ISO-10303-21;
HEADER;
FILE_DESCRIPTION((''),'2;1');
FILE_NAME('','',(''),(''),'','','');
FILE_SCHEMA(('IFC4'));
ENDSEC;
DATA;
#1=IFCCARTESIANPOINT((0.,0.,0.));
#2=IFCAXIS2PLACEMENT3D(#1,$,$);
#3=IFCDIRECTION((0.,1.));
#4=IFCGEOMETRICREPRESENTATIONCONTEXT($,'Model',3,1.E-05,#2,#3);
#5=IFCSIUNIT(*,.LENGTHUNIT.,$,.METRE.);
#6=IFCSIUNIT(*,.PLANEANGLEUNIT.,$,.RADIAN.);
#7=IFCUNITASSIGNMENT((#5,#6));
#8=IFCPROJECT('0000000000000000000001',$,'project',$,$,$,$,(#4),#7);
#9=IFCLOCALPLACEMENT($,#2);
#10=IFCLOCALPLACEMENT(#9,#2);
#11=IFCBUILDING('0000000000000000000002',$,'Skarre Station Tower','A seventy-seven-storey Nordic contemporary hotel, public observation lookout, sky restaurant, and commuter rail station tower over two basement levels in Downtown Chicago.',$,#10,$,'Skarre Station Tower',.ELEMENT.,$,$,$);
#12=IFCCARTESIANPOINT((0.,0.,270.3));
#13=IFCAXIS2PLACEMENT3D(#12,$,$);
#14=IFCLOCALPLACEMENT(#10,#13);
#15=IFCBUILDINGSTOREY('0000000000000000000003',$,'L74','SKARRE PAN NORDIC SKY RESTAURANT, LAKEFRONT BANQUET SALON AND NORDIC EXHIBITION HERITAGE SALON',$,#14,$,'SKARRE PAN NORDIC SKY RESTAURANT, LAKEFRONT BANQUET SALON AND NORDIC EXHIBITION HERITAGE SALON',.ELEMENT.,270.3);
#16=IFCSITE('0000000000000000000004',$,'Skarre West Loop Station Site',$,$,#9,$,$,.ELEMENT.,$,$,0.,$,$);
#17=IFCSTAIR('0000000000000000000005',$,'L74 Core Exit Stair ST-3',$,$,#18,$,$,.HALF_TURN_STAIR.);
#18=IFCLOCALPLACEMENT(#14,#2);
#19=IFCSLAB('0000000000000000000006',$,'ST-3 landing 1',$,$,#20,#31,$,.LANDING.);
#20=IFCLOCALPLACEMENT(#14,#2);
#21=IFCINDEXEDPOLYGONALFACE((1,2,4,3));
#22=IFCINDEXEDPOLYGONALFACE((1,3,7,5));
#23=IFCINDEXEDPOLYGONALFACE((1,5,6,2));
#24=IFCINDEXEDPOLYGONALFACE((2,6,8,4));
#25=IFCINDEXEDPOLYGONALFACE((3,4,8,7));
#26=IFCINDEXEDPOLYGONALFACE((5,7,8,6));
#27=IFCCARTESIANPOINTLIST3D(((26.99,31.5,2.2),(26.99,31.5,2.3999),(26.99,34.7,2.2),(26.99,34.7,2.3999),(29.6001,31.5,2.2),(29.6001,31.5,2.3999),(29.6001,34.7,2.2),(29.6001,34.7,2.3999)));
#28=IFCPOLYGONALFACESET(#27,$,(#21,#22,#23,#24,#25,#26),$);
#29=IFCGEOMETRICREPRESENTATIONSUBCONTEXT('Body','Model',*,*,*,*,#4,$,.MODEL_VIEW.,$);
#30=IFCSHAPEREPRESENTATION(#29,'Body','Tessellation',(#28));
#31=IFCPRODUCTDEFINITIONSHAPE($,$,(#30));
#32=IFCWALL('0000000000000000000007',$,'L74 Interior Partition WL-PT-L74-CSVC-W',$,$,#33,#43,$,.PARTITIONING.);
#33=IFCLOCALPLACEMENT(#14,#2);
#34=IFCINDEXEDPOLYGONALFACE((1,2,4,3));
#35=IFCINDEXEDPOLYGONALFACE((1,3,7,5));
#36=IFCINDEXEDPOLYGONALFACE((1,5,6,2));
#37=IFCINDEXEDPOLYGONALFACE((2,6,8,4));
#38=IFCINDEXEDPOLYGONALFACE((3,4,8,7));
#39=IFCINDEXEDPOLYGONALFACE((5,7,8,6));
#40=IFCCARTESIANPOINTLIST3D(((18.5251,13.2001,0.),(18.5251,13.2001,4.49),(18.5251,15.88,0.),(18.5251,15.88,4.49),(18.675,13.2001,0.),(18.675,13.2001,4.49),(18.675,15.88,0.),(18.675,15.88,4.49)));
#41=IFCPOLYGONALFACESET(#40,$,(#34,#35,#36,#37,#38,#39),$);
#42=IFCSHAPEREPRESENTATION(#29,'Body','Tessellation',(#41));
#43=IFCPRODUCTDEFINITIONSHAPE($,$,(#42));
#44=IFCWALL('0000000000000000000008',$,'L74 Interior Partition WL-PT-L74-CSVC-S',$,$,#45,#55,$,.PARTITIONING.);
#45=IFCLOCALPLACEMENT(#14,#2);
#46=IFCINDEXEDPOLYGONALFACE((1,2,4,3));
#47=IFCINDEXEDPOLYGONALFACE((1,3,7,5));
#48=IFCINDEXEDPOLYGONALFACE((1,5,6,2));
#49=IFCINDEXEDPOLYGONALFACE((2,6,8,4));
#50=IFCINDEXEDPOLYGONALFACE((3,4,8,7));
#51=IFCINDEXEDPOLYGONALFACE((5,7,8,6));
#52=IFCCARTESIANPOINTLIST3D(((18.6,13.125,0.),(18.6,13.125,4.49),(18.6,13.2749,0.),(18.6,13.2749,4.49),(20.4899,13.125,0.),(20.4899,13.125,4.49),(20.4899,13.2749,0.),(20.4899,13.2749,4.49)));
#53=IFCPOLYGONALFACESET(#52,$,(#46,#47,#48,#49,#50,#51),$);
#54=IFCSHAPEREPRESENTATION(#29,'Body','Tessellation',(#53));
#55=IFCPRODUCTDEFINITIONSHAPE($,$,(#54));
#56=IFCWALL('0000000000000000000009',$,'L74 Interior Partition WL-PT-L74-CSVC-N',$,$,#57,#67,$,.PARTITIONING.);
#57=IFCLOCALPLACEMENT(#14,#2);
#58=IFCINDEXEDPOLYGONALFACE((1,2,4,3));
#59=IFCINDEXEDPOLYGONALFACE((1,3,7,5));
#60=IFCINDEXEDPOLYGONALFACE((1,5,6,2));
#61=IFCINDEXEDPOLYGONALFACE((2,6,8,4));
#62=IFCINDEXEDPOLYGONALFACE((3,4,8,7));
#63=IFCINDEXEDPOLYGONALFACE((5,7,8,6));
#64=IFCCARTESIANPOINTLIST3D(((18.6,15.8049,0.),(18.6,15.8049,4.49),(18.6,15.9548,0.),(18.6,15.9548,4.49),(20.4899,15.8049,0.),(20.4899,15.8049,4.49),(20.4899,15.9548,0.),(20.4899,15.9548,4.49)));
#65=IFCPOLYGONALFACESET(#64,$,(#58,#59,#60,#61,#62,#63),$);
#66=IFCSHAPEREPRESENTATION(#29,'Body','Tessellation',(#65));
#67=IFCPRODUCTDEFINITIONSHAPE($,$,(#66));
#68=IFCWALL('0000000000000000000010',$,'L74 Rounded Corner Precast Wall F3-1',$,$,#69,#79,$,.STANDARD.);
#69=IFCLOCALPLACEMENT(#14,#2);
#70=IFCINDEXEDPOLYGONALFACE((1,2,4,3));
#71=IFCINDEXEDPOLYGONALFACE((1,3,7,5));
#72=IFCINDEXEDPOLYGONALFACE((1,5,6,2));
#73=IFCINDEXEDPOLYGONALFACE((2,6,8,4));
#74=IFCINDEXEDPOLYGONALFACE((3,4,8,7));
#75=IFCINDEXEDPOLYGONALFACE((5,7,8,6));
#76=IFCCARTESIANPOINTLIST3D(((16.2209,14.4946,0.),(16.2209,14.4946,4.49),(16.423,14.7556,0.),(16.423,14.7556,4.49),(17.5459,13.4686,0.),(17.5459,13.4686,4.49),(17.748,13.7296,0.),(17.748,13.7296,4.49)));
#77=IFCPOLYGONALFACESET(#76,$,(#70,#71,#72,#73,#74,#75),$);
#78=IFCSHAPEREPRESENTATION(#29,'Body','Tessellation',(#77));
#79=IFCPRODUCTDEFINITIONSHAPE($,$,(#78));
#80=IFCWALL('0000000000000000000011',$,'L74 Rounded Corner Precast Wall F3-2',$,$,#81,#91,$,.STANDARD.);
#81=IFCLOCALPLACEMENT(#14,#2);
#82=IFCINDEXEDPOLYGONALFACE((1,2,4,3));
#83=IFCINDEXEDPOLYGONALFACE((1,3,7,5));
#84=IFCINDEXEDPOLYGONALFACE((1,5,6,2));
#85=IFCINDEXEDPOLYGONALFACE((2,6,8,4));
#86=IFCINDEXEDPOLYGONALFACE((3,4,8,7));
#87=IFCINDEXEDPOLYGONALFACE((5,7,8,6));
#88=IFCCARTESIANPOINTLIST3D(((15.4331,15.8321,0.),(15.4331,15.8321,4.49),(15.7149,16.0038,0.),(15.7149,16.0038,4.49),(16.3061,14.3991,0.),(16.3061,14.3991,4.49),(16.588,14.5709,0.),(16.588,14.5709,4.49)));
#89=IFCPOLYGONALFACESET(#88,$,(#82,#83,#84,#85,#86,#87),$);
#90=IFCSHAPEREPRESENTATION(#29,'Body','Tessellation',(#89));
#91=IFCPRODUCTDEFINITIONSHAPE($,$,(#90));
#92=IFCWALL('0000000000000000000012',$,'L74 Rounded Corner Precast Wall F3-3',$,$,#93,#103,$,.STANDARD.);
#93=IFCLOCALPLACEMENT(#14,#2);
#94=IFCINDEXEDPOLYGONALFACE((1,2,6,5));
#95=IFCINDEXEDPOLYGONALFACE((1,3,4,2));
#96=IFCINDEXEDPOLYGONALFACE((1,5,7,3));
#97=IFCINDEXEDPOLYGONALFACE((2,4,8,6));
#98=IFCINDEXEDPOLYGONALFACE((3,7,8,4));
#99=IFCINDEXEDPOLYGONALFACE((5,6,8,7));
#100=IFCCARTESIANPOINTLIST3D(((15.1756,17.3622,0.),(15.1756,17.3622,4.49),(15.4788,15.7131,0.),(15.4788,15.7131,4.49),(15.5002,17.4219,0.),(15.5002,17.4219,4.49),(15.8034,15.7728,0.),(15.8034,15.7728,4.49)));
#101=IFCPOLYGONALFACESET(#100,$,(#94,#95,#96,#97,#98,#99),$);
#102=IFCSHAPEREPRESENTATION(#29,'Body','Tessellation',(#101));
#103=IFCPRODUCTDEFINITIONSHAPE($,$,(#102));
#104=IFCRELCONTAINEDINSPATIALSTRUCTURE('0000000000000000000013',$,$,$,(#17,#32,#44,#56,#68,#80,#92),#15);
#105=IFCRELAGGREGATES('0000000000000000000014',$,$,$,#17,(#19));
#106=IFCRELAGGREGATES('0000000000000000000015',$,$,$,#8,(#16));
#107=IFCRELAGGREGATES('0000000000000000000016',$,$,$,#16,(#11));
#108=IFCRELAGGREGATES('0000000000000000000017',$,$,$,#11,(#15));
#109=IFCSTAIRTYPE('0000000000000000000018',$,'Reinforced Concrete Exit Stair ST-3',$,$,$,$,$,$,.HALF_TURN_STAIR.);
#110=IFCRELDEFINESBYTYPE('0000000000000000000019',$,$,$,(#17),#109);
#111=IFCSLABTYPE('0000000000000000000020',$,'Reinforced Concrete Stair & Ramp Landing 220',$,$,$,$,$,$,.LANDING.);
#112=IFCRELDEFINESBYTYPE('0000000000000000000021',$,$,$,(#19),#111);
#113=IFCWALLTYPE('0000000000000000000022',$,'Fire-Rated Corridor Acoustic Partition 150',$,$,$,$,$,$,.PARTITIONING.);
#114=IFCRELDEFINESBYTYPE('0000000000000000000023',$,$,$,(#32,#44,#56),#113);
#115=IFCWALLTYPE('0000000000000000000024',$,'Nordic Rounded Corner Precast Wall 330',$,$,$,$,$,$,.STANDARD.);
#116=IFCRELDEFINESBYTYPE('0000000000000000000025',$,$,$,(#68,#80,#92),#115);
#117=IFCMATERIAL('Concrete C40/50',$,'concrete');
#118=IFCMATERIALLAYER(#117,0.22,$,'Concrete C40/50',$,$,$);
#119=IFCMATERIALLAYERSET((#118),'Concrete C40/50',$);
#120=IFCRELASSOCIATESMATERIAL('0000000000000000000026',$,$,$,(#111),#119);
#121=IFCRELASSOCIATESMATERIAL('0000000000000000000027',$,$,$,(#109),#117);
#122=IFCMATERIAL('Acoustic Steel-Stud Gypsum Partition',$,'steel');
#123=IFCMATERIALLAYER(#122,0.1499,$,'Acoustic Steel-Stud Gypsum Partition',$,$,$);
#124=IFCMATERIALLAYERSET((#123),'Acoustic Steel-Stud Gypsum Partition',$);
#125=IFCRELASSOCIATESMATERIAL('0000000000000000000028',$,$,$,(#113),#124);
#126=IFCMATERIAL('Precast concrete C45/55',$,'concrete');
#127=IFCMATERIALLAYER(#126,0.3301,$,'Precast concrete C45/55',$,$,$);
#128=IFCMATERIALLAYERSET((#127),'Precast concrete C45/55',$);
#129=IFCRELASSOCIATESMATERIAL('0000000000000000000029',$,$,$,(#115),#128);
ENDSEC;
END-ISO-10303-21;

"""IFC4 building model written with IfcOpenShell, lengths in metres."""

from ifc_helpers import new_model, si_unit, direction, frame, frame_2d, origin, place, context, subcontext, project, spatial, polyline, rectangle, outline, extrude, material, layer, layer_set, type_object, element, aggregate, save


model = new_model("IFC4")

# Units and contexts
model_context = context("Model", 3, precision=1e-05, world=origin(), true_north=direction((0.0, 1.0)))
body_context = subcontext(model_context, "Body", "Model", "MODEL_VIEW")
ifc_project = project(units=[si_unit("LENGTHUNIT", "METRE"), si_unit("PLANEANGLEUNIT", "RADIAN")], contexts=[model_context])

# Site, building, storey
site_placement = place(None, origin())
site = spatial("IfcSite", under=ifc_project, at=site_placement, Name="Skarre West Loop Station Site", CompositionType="ELEMENT", RefElevation=0.0)
building_placement = place(site_placement, origin())
building = spatial("IfcBuilding", under=site, at=building_placement, Name="Skarre Station Tower", Description="A seventy-seven-storey Nordic contemporary hotel, public observation lookout, sky restaurant, and commuter rail station tower over two basement levels in Downtown Chicago.", LongName="Skarre Station Tower", CompositionType="ELEMENT")
storey_placement = place(building_placement, frame((0.0, 0.0, 270.3)))
storey = spatial("IfcBuildingStorey", under=building, at=storey_placement, Name="L74", Description="SKARRE PAN NORDIC SKY RESTAURANT, LAKEFRONT BANQUET SALON AND NORDIC EXHIBITION HERITAGE SALON", LongName="SKARRE PAN NORDIC SKY RESTAURANT, LAKEFRONT BANQUET SALON AND NORDIC EXHIBITION HERITAGE SALON", CompositionType="ELEMENT", Elevation=270.3)

# Stair, slab
ifc_material_1 = material(Name="Concrete C40/50", Category="concrete")
ifc_layer_1 = layer(ifc_material_1, 0.22, Name="Concrete C40/50")
ifc_layer_set_1 = layer_set([ifc_layer_1], Name="Concrete C40/50")
slab_type_1 = type_object("IfcSlabType", Name="Reinforced Concrete Stair & Ramp Landing 220", PredefinedType="LANDING", material=ifc_layer_set_1)
stair_type_1 = type_object("IfcStairType", Name="Reinforced Concrete Exit Stair ST-3", PredefinedType="HALF_TURN_STAIR", material=ifc_material_1)
stair_1_placement = place(storey_placement, origin())
stair_1 = element("IfcStair", 1, at=stair_1_placement, inside=storey, type_object=stair_type_1, Name="L74 Core Exit Stair ST-3", PredefinedType="HALF_TURN_STAIR")
slab_1_placement = place(storey_placement, frame((0.0, 0.0, 2.2)))
slab_1 = element("IfcSlab", 2, at=slab_1_placement, type_object=slab_type_1, Name="ST-3 landing 1", PredefinedType="LANDING", context=body_context, shape_type="SweptSolid", body=[
    extrude(outline(polyline([(26.99, 31.5), (29.6001, 31.5), (29.6001, 34.7), (26.99, 34.7), (26.99, 31.5)])), origin(), (0.0, 0.0, 1.0), 0.2),
])
aggregate(stair_1, [slab_1])

# Walls
ifc_material_2 = material(Name="Acoustic Steel-Stud Gypsum Partition", Category="steel")
ifc_layer_2 = layer(ifc_material_2, 0.1499, Name="Acoustic Steel-Stud Gypsum Partition")
ifc_layer_set_2 = layer_set([ifc_layer_2], Name="Acoustic Steel-Stud Gypsum Partition")
wall_type_1 = type_object("IfcWallType", Name="Fire-Rated Corridor Acoustic Partition 150", PredefinedType="PARTITIONING", material=ifc_layer_set_2)
wall_1_placement = place(storey_placement, frame((18.6001, 15.8799, 0.0), z_axis=(0.0, 0.0, 1.0), x_axis=(0.0, -1.0, 0.0)))
element("IfcWall", 3, at=wall_1_placement, inside=storey, type_object=wall_type_1, Name="L74 Interior Partition WL-PT-L74-CSVC-W", PredefinedType="PARTITIONING", context=body_context, shape_type="SweptSolid", body=[
    extrude(rectangle(XDim=2.6799, YDim=0.1499, at=frame_2d((1.3398, 0.0))), origin(), (0.0, 0.0, 1.0), 4.49),
])
for number, where, z_axis, x_axis, name in (
    (4, (18.6001, 13.2, 0.0), (0.0, 0.0, 1.0), (1.0, 0.0, 0.0), "L74 Interior Partition WL-PT-L74-CSVC-S"),
    (5, (18.6001, 15.8799, 0.0), (0.0, 0.0, 1.0), (1.0, 0.0, 0.0), "L74 Interior Partition WL-PT-L74-CSVC-N"),
):
    element("IfcWall", number, at=place(storey_placement, frame(where, z_axis=z_axis, x_axis=x_axis)), inside=storey, type_object=wall_type_1, Name=name, PredefinedType="PARTITIONING", context=body_context, shape_type="SweptSolid", body=[
        extrude(rectangle(XDim=1.8899, YDim=0.1499, at=frame_2d((0.9448, 0.0))), origin(), (0.0, 0.0, 1.0), 4.49),
    ])
ifc_material_3 = material(Name="Precast concrete C45/55", Category="concrete")
ifc_layer_3 = layer(ifc_material_3, 0.3301, Name="Precast concrete C45/55")
ifc_layer_set_3 = layer_set([ifc_layer_3], Name="Precast concrete C45/55")
wall_type_2 = type_object("IfcWallType", Name="Nordic Rounded Corner Precast Wall 330", PredefinedType="STANDARD", material=ifc_layer_set_3)
wall_2_placement = place(storey_placement, frame((17.647, 13.5991, 0.0), z_axis=(0.0, 0.0, 1.0), x_axis=(-0.790692, 0.612214, 0.0)))
element("IfcWall", 6, at=wall_2_placement, inside=storey, type_object=wall_type_2, Name="L74 Rounded Corner Precast Wall F3-1", PredefinedType="STANDARD", context=body_context, shape_type="SweptSolid", body=[
    extrude(rectangle(XDim=1.6758, YDim=0.3301, at=frame_2d((0.8379, 0.0))), origin(), (0.0, 0.0, 1.0), 4.49),
])
wall_3_placement = place(storey_placement, frame((16.447, 14.4851, 0.0), z_axis=(0.0, 0.0, 1.0), x_axis=(-0.520325, 0.853968, 0.0)))
element("IfcWall", 7, at=wall_3_placement, inside=storey, type_object=wall_type_2, Name="L74 Rounded Corner Precast Wall F3-2", PredefinedType="STANDARD", context=body_context, shape_type="SweptSolid", body=[
    extrude(rectangle(XDim=1.678, YDim=0.3301, at=frame_2d((0.8389, 0.0))), origin(), (0.0, 0.0, 1.0), 4.49),
])
wall_4_placement = place(storey_placement, frame((15.6411, 15.7429, 0.0), z_axis=(0.0, 0.0, 1.0), x_axis=(-0.180833, 0.983514, 0.0)))
element("IfcWall", 8, at=wall_4_placement, inside=storey, type_object=wall_type_2, Name="L74 Rounded Corner Precast Wall F3-3", PredefinedType="STANDARD", context=body_context, shape_type="SweptSolid", body=[
    extrude(rectangle(XDim=1.6768, YDim=0.3301, at=frame_2d((0.8384, 0.0))), origin(), (0.0, 0.0, 1.0), 4.49),
])

save(model, "model.ifc")
